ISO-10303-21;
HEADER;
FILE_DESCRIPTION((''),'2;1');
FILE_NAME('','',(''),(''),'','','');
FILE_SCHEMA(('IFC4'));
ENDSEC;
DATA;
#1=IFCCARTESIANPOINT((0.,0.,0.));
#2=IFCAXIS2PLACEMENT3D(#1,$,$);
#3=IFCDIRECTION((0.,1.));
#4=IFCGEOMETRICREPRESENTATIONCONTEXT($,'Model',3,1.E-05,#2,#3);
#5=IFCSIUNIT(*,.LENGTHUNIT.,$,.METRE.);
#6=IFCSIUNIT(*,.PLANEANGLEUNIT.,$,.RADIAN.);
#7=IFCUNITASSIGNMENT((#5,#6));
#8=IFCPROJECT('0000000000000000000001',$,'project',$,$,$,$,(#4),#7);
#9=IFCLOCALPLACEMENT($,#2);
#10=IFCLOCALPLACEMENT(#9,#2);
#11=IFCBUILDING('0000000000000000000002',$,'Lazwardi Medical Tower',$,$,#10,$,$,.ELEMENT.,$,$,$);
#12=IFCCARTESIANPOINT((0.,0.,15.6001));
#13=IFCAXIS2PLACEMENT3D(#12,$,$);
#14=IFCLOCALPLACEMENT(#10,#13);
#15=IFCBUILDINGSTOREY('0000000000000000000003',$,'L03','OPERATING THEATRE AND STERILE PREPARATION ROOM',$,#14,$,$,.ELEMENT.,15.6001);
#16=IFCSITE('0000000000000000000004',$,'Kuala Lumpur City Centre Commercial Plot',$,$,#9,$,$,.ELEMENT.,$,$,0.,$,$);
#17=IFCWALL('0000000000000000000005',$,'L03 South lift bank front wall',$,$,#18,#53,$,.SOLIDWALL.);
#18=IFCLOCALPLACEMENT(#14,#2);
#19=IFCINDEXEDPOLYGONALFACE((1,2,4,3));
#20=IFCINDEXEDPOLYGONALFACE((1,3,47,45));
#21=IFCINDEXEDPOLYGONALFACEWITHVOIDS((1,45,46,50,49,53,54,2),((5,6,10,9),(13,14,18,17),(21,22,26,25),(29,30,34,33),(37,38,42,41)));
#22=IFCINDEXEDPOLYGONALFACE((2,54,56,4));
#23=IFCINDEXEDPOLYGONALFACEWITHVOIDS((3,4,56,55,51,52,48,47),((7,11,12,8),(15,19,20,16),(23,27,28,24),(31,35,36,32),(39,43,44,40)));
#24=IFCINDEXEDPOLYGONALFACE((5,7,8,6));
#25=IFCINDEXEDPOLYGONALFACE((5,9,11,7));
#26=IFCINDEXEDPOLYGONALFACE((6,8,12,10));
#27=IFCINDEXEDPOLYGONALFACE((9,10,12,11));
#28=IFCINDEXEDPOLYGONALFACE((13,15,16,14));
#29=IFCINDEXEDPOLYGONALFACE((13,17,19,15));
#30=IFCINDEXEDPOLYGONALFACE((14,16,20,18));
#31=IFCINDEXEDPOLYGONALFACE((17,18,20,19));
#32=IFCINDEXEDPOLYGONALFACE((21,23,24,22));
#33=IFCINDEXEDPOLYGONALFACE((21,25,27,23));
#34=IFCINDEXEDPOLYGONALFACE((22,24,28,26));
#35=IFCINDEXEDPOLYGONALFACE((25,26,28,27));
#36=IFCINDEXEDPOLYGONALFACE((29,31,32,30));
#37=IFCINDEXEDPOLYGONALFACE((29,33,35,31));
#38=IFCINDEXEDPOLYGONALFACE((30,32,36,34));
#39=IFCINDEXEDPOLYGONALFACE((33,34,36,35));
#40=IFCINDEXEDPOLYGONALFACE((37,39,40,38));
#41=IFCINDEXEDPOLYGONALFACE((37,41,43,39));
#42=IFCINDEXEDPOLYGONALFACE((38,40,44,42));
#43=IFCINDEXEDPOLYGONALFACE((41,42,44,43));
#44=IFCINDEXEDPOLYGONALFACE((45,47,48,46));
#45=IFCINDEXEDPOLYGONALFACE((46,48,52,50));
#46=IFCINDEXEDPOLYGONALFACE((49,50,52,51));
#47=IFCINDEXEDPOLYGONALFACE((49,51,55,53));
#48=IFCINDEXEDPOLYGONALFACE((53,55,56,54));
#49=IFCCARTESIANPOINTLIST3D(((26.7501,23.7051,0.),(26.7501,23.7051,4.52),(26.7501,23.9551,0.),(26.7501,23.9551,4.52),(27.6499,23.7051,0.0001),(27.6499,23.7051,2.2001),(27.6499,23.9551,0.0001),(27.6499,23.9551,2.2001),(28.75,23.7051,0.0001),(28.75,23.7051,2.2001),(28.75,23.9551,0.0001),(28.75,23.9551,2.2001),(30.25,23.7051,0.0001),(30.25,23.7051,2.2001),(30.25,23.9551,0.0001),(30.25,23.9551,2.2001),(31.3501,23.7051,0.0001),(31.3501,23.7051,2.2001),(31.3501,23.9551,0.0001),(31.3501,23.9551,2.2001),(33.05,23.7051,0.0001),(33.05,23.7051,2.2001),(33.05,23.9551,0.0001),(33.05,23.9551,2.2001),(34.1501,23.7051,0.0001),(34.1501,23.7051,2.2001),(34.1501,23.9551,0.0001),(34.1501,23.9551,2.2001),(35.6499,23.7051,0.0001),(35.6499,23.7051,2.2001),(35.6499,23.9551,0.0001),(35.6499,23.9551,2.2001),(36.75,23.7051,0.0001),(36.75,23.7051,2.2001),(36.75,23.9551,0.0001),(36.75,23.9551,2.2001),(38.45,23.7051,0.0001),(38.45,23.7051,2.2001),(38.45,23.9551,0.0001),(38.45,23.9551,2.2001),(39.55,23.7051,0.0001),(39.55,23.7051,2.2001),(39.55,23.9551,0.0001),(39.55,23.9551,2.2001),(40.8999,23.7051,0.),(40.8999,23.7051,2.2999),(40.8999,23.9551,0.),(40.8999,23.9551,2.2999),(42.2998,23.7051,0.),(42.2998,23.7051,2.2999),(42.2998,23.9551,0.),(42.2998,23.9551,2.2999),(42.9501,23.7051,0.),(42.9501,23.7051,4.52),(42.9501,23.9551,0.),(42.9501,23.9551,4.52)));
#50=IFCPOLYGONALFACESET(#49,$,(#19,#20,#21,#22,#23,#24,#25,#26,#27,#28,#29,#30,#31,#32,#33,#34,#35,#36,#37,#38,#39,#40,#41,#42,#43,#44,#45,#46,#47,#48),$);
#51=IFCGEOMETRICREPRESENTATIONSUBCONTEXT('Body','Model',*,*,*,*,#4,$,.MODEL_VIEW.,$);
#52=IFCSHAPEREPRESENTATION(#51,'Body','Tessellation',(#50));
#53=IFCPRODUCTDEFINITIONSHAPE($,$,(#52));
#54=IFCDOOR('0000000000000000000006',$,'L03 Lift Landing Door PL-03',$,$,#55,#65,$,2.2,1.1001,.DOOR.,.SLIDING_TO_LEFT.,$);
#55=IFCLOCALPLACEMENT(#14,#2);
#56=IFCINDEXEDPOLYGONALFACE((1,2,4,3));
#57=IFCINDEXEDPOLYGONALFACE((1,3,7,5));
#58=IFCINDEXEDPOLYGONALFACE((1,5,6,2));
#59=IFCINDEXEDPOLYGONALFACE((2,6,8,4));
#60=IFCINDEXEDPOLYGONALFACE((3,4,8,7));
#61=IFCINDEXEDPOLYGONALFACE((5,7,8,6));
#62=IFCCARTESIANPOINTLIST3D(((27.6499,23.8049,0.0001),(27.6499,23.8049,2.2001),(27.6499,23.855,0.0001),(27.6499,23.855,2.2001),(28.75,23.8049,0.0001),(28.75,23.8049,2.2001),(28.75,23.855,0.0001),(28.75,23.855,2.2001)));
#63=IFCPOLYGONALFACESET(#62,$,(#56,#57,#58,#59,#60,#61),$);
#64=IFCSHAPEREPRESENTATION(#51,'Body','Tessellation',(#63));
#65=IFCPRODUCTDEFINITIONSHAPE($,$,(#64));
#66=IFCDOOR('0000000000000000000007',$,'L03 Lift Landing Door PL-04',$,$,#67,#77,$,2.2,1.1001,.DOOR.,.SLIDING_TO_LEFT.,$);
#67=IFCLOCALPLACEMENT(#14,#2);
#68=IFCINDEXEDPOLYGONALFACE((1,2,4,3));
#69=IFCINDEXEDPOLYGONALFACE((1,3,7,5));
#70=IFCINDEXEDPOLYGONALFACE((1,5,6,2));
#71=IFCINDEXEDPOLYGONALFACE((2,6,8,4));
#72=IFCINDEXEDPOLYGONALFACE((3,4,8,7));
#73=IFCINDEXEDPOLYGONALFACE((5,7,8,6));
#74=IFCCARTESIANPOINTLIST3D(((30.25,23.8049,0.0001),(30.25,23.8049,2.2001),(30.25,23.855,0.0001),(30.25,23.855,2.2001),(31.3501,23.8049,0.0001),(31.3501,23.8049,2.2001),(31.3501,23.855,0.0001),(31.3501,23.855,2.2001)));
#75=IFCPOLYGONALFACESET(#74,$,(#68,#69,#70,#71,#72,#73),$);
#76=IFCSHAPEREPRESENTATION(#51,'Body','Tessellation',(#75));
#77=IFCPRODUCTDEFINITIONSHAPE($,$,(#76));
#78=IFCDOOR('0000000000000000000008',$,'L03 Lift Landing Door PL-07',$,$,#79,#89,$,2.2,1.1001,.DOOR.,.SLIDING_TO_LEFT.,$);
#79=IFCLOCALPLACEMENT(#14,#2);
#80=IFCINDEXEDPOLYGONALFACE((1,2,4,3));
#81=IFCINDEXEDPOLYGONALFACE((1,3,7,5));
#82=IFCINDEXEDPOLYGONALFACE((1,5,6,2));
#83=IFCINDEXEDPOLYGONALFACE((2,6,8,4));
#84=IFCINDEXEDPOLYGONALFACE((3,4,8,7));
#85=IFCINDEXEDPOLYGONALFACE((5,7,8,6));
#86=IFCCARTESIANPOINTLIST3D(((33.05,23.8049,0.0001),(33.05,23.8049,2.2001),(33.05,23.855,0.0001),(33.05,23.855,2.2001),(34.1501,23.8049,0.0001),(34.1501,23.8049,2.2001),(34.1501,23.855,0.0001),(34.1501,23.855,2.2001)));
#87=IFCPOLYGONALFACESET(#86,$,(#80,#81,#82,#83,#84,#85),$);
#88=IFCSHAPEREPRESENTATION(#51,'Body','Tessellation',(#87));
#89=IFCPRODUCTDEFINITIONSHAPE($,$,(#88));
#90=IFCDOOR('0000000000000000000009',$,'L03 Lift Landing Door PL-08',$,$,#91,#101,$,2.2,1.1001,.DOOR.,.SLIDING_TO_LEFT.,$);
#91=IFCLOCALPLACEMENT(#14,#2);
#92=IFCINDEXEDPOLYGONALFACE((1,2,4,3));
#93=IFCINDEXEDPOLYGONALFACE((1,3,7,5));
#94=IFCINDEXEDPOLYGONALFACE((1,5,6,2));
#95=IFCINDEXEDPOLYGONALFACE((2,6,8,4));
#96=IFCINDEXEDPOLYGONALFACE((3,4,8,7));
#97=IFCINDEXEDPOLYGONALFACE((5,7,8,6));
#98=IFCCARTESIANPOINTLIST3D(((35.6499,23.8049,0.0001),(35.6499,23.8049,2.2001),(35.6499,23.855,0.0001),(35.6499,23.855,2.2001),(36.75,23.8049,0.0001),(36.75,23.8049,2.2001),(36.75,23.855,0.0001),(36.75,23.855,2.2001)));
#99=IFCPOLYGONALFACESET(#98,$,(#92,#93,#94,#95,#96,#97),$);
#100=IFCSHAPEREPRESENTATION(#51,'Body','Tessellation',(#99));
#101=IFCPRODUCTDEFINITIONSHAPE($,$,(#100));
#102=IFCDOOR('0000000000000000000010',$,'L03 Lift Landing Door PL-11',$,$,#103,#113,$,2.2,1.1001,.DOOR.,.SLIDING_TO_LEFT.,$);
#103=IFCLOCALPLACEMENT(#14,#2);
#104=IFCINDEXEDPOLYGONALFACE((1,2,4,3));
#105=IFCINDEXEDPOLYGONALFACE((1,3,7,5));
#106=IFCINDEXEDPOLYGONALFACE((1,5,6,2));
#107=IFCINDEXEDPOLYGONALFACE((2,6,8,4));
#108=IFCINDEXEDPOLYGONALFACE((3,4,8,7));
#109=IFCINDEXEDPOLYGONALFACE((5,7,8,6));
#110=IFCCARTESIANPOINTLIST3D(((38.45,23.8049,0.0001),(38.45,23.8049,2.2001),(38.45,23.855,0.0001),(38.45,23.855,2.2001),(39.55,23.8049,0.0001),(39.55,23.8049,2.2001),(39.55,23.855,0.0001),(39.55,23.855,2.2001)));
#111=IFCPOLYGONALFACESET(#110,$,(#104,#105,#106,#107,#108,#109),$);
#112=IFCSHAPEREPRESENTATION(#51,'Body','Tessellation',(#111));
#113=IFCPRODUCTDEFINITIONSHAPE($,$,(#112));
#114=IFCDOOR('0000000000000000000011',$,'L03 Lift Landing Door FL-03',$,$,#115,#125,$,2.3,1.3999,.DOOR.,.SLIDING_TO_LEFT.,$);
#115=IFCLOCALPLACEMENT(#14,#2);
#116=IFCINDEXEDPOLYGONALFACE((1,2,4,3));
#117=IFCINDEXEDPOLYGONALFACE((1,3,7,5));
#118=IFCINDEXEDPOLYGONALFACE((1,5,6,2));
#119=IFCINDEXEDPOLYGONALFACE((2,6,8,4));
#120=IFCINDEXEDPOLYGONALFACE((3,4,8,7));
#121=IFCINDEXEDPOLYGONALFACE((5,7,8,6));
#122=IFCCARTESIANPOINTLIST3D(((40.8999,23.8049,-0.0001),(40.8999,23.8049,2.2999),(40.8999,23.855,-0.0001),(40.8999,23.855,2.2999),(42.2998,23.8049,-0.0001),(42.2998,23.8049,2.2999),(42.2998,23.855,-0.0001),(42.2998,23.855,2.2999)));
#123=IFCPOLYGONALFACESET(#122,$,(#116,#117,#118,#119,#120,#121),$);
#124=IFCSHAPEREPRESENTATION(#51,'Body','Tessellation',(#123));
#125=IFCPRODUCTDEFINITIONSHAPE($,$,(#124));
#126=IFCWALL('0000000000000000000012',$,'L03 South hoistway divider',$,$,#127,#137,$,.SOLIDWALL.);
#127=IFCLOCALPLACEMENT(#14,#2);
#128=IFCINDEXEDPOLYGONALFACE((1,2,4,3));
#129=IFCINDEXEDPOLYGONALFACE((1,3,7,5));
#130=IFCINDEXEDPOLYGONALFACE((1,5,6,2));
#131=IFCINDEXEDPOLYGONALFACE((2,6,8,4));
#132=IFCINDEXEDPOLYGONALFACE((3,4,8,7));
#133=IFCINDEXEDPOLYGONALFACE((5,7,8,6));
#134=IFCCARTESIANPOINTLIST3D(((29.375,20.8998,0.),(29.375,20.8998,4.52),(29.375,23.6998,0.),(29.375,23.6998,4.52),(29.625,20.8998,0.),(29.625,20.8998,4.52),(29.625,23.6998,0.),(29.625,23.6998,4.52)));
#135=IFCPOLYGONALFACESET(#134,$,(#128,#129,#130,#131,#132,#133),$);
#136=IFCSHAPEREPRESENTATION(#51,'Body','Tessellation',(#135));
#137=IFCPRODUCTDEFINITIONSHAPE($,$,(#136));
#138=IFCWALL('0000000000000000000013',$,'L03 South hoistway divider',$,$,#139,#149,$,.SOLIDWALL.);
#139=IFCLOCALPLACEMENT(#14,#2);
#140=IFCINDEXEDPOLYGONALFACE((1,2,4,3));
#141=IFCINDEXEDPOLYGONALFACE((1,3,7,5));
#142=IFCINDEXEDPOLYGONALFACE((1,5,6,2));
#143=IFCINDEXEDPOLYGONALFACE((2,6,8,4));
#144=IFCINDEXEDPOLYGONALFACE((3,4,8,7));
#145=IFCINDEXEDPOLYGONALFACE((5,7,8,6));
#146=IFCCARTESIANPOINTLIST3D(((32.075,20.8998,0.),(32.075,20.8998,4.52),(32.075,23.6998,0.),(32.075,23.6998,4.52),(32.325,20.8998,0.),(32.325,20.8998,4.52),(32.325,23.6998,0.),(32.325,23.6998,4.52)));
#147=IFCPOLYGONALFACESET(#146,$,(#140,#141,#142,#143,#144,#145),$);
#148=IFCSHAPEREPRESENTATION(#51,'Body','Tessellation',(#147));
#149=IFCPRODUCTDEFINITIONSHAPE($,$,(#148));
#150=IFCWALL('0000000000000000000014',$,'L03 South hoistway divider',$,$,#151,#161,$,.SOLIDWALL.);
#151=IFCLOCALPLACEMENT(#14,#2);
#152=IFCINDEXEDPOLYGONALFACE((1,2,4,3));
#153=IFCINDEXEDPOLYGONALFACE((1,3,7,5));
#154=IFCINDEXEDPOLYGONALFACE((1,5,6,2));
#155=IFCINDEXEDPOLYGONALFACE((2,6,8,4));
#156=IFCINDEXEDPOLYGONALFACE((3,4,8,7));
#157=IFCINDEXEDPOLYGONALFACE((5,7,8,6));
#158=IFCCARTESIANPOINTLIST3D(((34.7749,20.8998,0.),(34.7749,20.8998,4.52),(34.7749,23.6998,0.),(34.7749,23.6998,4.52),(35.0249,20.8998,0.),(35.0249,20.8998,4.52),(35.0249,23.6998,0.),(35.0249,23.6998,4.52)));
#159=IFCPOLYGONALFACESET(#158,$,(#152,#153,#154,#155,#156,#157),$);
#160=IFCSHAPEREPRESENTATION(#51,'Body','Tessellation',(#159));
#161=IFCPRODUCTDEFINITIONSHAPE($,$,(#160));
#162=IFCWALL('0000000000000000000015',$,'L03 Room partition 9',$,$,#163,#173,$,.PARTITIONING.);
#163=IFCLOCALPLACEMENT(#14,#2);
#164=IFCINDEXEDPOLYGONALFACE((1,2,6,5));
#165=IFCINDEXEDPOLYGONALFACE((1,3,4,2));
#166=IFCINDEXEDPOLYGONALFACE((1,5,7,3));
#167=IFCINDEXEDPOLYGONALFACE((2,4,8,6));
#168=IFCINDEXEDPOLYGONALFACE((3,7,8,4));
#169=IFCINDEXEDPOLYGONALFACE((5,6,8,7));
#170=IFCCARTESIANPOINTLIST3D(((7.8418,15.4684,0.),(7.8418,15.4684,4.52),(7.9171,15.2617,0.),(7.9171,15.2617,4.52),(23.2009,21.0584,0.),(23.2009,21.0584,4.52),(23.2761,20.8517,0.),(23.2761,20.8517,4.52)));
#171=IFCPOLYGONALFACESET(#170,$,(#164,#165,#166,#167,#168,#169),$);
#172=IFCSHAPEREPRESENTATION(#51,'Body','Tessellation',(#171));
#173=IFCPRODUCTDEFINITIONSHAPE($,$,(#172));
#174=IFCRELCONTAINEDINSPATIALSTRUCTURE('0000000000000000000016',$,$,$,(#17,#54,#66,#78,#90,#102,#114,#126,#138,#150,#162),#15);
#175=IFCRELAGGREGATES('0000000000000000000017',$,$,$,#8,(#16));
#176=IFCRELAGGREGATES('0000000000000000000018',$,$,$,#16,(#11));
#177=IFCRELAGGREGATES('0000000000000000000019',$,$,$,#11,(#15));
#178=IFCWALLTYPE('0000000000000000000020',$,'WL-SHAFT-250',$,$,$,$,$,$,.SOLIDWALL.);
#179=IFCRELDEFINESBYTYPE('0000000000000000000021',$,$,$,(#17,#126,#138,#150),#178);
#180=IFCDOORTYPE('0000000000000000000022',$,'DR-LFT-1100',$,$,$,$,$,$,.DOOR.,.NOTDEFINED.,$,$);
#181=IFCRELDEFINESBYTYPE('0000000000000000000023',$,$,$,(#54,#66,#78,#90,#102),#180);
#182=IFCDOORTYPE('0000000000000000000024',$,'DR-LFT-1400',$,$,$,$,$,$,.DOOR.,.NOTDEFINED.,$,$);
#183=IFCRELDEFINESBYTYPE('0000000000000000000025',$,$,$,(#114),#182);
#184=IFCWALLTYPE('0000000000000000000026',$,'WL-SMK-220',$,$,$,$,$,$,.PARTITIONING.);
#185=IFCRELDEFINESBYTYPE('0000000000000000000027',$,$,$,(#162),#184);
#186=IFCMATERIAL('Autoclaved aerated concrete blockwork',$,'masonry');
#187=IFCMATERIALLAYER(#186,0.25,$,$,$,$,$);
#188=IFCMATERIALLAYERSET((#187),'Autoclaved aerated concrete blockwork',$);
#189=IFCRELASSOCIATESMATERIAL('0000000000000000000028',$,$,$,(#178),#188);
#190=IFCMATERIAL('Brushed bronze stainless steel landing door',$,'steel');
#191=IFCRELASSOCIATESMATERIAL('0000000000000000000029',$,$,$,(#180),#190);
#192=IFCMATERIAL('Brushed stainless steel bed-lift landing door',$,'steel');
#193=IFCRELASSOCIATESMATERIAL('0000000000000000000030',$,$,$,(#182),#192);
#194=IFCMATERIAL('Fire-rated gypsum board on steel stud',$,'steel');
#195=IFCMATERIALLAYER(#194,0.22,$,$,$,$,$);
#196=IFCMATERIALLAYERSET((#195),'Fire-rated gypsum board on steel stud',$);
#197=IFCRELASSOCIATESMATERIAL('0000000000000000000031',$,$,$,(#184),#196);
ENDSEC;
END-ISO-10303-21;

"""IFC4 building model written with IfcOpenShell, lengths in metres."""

from ifc_helpers import new_model, si_unit, direction, frame, frame_2d, origin, place, context, subcontext, project, spatial, rectangle, extrude, material, layer, layer_set, type_object, element, fill, save


model = new_model("IFC4")

# Units and contexts
model_context = context("Model", 3, precision=1e-05, world=origin(), true_north=direction((0.0, 1.0)))
body_context = subcontext(model_context, "Body", "Model", "MODEL_VIEW")
ifc_project = project(units=[si_unit("LENGTHUNIT", "METRE"), si_unit("PLANEANGLEUNIT", "RADIAN")], contexts=[model_context])

# Site, building, storey
site_placement = place(None, origin())
site = spatial("IfcSite", under=ifc_project, at=site_placement, Name="Kuala Lumpur City Centre Commercial Plot", CompositionType="ELEMENT", RefElevation=0.0)
building_placement = place(site_placement, origin())
building = spatial("IfcBuilding", under=site, at=building_placement, Name="Lazwardi Medical Tower", CompositionType="ELEMENT")
storey_placement = place(building_placement, frame((0.0, 0.0, 15.6001)))
storey = spatial("IfcBuildingStorey", under=building, at=storey_placement, Name="L03", Description="OPERATING THEATRE AND STERILE PREPARATION ROOM", CompositionType="ELEMENT", Elevation=15.6001)

# Shared definitions
ifc_material_1 = material(Name="Fire-rated gypsum board on steel stud", Category="steel")

# Wall, openings, doors
ifc_material_2 = material(Name="Autoclaved aerated concrete blockwork", Category="masonry")
ifc_layer_1 = layer(ifc_material_2, 0.25)
ifc_layer_set_1 = layer_set([ifc_layer_1], Name="Autoclaved aerated concrete blockwork")
wall_type_1 = type_object("IfcWallType", Name="WL-SHAFT-250", PredefinedType="SOLIDWALL", material=ifc_layer_set_1)
wall_1_placement = place(storey_placement, frame((26.75, 23.8301, 0.0), z_axis=(0.0, 0.0, 1.0), x_axis=(1.0, 0.0, 0.0)))
wall_1 = element("IfcWall", 1, at=wall_1_placement, inside=storey, type_object=wall_type_1, Name="L03 South lift bank front wall", PredefinedType="SOLIDWALL", context=body_context, shape_type="SweptSolid", body=[
    extrude(rectangle(XDim=16.2, YDim=0.25, at=frame_2d((8.1001, 0.0))), origin(), (0.0, 0.0, 1.0), 4.52),
])
opening_1_placement = place(wall_1_placement, frame((0.8999, 0.0, 0.0)))
opening_1 = element("IfcOpeningElement", 2, at=opening_1_placement, cuts=wall_1, PredefinedType="OPENING", context=body_context, shape_type="SweptSolid", body=[
    extrude(rectangle(XDim=1.1001, YDim=2.2, at=frame_2d((0.55, 1.1001))), frame((0.0, 0.135, 0.0), z_axis=(0.0, -1.0, 0.0), x_axis=(1.0, 0.0, 0.0)), (0.0, 0.0, 1.0), 0.27),
])
opening_2_placement = place(wall_1_placement, frame((3.5, 0.0, 0.0)))
opening_2 = element("IfcOpeningElement", 3, at=opening_2_placement, cuts=wall_1, PredefinedType="OPENING", context=body_context, shape_type="SweptSolid", body=[
    extrude(rectangle(XDim=1.1001, YDim=2.2, at=frame_2d((0.55, 1.1001))), frame((0.0, 0.135, 0.0), z_axis=(0.0, -1.0, 0.0), x_axis=(1.0, 0.0, 0.0)), (0.0, 0.0, 1.0), 0.27),
])
opening_3_placement = place(wall_1_placement, frame((6.3, 0.0, 0.0)))
opening_3 = element("IfcOpeningElement", 4, at=opening_3_placement, cuts=wall_1, PredefinedType="OPENING", context=body_context, shape_type="SweptSolid", body=[
    extrude(rectangle(XDim=1.1001, YDim=2.2, at=frame_2d((0.55, 1.1001))), frame((0.0, 0.135, 0.0), z_axis=(0.0, -1.0, 0.0), x_axis=(1.0, 0.0, 0.0)), (0.0, 0.0, 1.0), 0.27),
])
opening_4_placement = place(wall_1_placement, frame((8.8999, 0.0, 0.0)))
opening_4 = element("IfcOpeningElement", 5, at=opening_4_placement, cuts=wall_1, PredefinedType="OPENING", context=body_context, shape_type="SweptSolid", body=[
    extrude(rectangle(XDim=1.1001, YDim=2.2, at=frame_2d((0.55, 1.1001))), frame((0.0, 0.135, 0.0), z_axis=(0.0, -1.0, 0.0), x_axis=(1.0, 0.0, 0.0)), (0.0, 0.0, 1.0), 0.27),
])
opening_5_placement = place(wall_1_placement, frame((11.7, 0.0, 0.0)))
opening_5 = element("IfcOpeningElement", 6, at=opening_5_placement, cuts=wall_1, PredefinedType="OPENING", context=body_context, shape_type="SweptSolid", body=[
    extrude(rectangle(XDim=1.1001, YDim=2.2, at=frame_2d((0.55, 1.1001))), frame((0.0, 0.135, 0.0), z_axis=(0.0, -1.0, 0.0), x_axis=(1.0, 0.0, 0.0)), (0.0, 0.0, 1.0), 0.27),
])
opening_6_placement = place(wall_1_placement, frame((14.1499, 0.0, 0.0)))
opening_6 = element("IfcOpeningElement", 7, at=opening_6_placement, cuts=wall_1, PredefinedType="OPENING", context=body_context, shape_type="SweptSolid", body=[
    extrude(rectangle(XDim=1.3999, YDim=2.3, at=frame_2d((0.7, 1.1499))), frame((0.0, 0.135, 0.0), z_axis=(0.0, -1.0, 0.0), x_axis=(1.0, 0.0, 0.0)), (0.0, 0.0, 1.0), 0.27),
])
ifc_material_3 = material(Name="Brushed bronze stainless steel landing door", Category="steel")
door_type_1 = type_object("IfcDoorType", Name="DR-LFT-1100", OperationType="NOTDEFINED", PredefinedType="DOOR", material=ifc_material_3)
door_1_placement = place(opening_1_placement, origin())
door_1 = element("IfcDoor", 8, at=door_1_placement, inside=storey, type_object=door_type_1, Name="L03 Lift Landing Door PL-03", OperationType="SLIDING_TO_LEFT", OverallHeight=2.2, OverallWidth=1.1001, PredefinedType="DOOR", context=body_context, shape_type="SweptSolid", body=[
    extrude(rectangle(XDim=1.1001, YDim=2.2, at=frame_2d((0.55, 1.1001))), frame((0.0, 0.0249, 0.0), z_axis=(0.0, -1.0, 0.0), x_axis=(1.0, 0.0, 0.0)), (0.0, 0.0, 1.0), 0.05),
])
fill(opening_1, door_1)
door_2_placement = place(opening_2_placement, origin())
door_2 = element("IfcDoor", 9, at=door_2_placement, inside=storey, type_object=door_type_1, Name="L03 Lift Landing Door PL-04", OperationType="SLIDING_TO_LEFT", OverallHeight=2.2, OverallWidth=1.1001, PredefinedType="DOOR", context=body_context, shape_type="SweptSolid", body=[
    extrude(rectangle(XDim=1.1001, YDim=2.2, at=frame_2d((0.55, 1.1001))), frame((0.0, 0.0249, 0.0), z_axis=(0.0, -1.0, 0.0), x_axis=(1.0, 0.0, 0.0)), (0.0, 0.0, 1.0), 0.05),
])
fill(opening_2, door_2)
door_3_placement = place(opening_3_placement, origin())
door_3 = element("IfcDoor", 10, at=door_3_placement, inside=storey, type_object=door_type_1, Name="L03 Lift Landing Door PL-07", OperationType="SLIDING_TO_LEFT", OverallHeight=2.2, OverallWidth=1.1001, PredefinedType="DOOR", context=body_context, shape_type="SweptSolid", body=[
    extrude(rectangle(XDim=1.1001, YDim=2.2, at=frame_2d((0.55, 1.1001))), frame((0.0, 0.0249, 0.0), z_axis=(0.0, -1.0, 0.0), x_axis=(1.0, 0.0, 0.0)), (0.0, 0.0, 1.0), 0.05),
])
fill(opening_3, door_3)
door_4_placement = place(opening_4_placement, origin())
door_4 = element("IfcDoor", 11, at=door_4_placement, inside=storey, type_object=door_type_1, Name="L03 Lift Landing Door PL-08", OperationType="SLIDING_TO_LEFT", OverallHeight=2.2, OverallWidth=1.1001, PredefinedType="DOOR", context=body_context, shape_type="SweptSolid", body=[
    extrude(rectangle(XDim=1.1001, YDim=2.2, at=frame_2d((0.55, 1.1001))), frame((0.0, 0.0249, 0.0), z_axis=(0.0, -1.0, 0.0), x_axis=(1.0, 0.0, 0.0)), (0.0, 0.0, 1.0), 0.05),
])
fill(opening_4, door_4)
door_5_placement = place(opening_5_placement, origin())
door_5 = element("IfcDoor", 12, at=door_5_placement, inside=storey, type_object=door_type_1, Name="L03 Lift Landing Door PL-11", OperationType="SLIDING_TO_LEFT", OverallHeight=2.2, OverallWidth=1.1001, PredefinedType="DOOR", context=body_context, shape_type="SweptSolid", body=[
    extrude(rectangle(XDim=1.1001, YDim=2.2, at=frame_2d((0.55, 1.1001))), frame((0.0, 0.0249, 0.0), z_axis=(0.0, -1.0, 0.0), x_axis=(1.0, 0.0, 0.0)), (0.0, 0.0, 1.0), 0.05),
])
fill(opening_5, door_5)
ifc_material_4 = material(Name="Brushed stainless steel bed-lift landing door", Category="steel")
door_type_2 = type_object("IfcDoorType", Name="DR-LFT-1400", OperationType="NOTDEFINED", PredefinedType="DOOR", material=ifc_material_4)
door_6_placement = place(opening_6_placement, origin())
door_6 = element("IfcDoor", 13, at=door_6_placement, inside=storey, type_object=door_type_2, Name="L03 Lift Landing Door FL-03", OperationType="SLIDING_TO_LEFT", OverallHeight=2.3, OverallWidth=1.3999, PredefinedType="DOOR", context=body_context, shape_type="SweptSolid", body=[
    extrude(rectangle(XDim=1.3999, YDim=2.3, at=frame_2d((0.7, 1.1499))), frame((0.0, 0.0249, 0.0), z_axis=(0.0, -1.0, 0.0), x_axis=(1.0, 0.0, 0.0)), (0.0, 0.0, 1.0), 0.05),
])
fill(opening_6, door_6)

# Walls
for number, where, z_axis, x_axis, name in (
    (14, (29.5, 20.8999, 0.0), (0.0, 0.0, 1.0), (0.0, 1.0, 0.0), "L03 South hoistway divider"),
    (15, (32.2, 20.8999, 0.0), (0.0, 0.0, 1.0), (0.0, 1.0, 0.0), "L03 South hoistway divider"),
    (16, (34.8999, 20.8999, 0.0), (0.0, 0.0, 1.0), (0.0, 1.0, 0.0), "L03 South hoistway divider"),
):
    element("IfcWall", number, at=place(storey_placement, frame(where, z_axis=z_axis, x_axis=x_axis)), inside=storey, type_object=wall_type_1, Name=name, PredefinedType="SOLIDWALL", context=body_context, shape_type="SweptSolid", body=[
        extrude(rectangle(XDim=2.8, YDim=0.25, at=frame_2d((1.3999, 0.0))), origin(), (0.0, 0.0, 1.0), 4.52),
    ])
ifc_layer_2 = layer(ifc_material_1, 0.22)
ifc_layer_set_2 = layer_set([ifc_layer_2], Name="Fire-rated gypsum board on steel stud")
wall_type_2 = type_object("IfcWallType", Name="WL-SMK-220", PredefinedType="PARTITIONING", material=ifc_layer_set_2)
wall_2_placement = place(storey_placement, frame((23.2385, 20.9551, 0.0), z_axis=(0.0, 0.0, 1.0), x_axis=(-0.939696, -0.34201, 0.0)))
element("IfcWall", 17, at=wall_2_placement, inside=storey, type_object=wall_type_2, Name="L03 Room partition 9", PredefinedType="PARTITIONING", context=body_context, shape_type="SweptSolid", body=[
    extrude(rectangle(XDim=16.3447, YDim=0.22, at=frame_2d((8.1724, 0.0))), origin(), (0.0, 0.0, 1.0), 4.52),
])

save(model, "model.ifc")
